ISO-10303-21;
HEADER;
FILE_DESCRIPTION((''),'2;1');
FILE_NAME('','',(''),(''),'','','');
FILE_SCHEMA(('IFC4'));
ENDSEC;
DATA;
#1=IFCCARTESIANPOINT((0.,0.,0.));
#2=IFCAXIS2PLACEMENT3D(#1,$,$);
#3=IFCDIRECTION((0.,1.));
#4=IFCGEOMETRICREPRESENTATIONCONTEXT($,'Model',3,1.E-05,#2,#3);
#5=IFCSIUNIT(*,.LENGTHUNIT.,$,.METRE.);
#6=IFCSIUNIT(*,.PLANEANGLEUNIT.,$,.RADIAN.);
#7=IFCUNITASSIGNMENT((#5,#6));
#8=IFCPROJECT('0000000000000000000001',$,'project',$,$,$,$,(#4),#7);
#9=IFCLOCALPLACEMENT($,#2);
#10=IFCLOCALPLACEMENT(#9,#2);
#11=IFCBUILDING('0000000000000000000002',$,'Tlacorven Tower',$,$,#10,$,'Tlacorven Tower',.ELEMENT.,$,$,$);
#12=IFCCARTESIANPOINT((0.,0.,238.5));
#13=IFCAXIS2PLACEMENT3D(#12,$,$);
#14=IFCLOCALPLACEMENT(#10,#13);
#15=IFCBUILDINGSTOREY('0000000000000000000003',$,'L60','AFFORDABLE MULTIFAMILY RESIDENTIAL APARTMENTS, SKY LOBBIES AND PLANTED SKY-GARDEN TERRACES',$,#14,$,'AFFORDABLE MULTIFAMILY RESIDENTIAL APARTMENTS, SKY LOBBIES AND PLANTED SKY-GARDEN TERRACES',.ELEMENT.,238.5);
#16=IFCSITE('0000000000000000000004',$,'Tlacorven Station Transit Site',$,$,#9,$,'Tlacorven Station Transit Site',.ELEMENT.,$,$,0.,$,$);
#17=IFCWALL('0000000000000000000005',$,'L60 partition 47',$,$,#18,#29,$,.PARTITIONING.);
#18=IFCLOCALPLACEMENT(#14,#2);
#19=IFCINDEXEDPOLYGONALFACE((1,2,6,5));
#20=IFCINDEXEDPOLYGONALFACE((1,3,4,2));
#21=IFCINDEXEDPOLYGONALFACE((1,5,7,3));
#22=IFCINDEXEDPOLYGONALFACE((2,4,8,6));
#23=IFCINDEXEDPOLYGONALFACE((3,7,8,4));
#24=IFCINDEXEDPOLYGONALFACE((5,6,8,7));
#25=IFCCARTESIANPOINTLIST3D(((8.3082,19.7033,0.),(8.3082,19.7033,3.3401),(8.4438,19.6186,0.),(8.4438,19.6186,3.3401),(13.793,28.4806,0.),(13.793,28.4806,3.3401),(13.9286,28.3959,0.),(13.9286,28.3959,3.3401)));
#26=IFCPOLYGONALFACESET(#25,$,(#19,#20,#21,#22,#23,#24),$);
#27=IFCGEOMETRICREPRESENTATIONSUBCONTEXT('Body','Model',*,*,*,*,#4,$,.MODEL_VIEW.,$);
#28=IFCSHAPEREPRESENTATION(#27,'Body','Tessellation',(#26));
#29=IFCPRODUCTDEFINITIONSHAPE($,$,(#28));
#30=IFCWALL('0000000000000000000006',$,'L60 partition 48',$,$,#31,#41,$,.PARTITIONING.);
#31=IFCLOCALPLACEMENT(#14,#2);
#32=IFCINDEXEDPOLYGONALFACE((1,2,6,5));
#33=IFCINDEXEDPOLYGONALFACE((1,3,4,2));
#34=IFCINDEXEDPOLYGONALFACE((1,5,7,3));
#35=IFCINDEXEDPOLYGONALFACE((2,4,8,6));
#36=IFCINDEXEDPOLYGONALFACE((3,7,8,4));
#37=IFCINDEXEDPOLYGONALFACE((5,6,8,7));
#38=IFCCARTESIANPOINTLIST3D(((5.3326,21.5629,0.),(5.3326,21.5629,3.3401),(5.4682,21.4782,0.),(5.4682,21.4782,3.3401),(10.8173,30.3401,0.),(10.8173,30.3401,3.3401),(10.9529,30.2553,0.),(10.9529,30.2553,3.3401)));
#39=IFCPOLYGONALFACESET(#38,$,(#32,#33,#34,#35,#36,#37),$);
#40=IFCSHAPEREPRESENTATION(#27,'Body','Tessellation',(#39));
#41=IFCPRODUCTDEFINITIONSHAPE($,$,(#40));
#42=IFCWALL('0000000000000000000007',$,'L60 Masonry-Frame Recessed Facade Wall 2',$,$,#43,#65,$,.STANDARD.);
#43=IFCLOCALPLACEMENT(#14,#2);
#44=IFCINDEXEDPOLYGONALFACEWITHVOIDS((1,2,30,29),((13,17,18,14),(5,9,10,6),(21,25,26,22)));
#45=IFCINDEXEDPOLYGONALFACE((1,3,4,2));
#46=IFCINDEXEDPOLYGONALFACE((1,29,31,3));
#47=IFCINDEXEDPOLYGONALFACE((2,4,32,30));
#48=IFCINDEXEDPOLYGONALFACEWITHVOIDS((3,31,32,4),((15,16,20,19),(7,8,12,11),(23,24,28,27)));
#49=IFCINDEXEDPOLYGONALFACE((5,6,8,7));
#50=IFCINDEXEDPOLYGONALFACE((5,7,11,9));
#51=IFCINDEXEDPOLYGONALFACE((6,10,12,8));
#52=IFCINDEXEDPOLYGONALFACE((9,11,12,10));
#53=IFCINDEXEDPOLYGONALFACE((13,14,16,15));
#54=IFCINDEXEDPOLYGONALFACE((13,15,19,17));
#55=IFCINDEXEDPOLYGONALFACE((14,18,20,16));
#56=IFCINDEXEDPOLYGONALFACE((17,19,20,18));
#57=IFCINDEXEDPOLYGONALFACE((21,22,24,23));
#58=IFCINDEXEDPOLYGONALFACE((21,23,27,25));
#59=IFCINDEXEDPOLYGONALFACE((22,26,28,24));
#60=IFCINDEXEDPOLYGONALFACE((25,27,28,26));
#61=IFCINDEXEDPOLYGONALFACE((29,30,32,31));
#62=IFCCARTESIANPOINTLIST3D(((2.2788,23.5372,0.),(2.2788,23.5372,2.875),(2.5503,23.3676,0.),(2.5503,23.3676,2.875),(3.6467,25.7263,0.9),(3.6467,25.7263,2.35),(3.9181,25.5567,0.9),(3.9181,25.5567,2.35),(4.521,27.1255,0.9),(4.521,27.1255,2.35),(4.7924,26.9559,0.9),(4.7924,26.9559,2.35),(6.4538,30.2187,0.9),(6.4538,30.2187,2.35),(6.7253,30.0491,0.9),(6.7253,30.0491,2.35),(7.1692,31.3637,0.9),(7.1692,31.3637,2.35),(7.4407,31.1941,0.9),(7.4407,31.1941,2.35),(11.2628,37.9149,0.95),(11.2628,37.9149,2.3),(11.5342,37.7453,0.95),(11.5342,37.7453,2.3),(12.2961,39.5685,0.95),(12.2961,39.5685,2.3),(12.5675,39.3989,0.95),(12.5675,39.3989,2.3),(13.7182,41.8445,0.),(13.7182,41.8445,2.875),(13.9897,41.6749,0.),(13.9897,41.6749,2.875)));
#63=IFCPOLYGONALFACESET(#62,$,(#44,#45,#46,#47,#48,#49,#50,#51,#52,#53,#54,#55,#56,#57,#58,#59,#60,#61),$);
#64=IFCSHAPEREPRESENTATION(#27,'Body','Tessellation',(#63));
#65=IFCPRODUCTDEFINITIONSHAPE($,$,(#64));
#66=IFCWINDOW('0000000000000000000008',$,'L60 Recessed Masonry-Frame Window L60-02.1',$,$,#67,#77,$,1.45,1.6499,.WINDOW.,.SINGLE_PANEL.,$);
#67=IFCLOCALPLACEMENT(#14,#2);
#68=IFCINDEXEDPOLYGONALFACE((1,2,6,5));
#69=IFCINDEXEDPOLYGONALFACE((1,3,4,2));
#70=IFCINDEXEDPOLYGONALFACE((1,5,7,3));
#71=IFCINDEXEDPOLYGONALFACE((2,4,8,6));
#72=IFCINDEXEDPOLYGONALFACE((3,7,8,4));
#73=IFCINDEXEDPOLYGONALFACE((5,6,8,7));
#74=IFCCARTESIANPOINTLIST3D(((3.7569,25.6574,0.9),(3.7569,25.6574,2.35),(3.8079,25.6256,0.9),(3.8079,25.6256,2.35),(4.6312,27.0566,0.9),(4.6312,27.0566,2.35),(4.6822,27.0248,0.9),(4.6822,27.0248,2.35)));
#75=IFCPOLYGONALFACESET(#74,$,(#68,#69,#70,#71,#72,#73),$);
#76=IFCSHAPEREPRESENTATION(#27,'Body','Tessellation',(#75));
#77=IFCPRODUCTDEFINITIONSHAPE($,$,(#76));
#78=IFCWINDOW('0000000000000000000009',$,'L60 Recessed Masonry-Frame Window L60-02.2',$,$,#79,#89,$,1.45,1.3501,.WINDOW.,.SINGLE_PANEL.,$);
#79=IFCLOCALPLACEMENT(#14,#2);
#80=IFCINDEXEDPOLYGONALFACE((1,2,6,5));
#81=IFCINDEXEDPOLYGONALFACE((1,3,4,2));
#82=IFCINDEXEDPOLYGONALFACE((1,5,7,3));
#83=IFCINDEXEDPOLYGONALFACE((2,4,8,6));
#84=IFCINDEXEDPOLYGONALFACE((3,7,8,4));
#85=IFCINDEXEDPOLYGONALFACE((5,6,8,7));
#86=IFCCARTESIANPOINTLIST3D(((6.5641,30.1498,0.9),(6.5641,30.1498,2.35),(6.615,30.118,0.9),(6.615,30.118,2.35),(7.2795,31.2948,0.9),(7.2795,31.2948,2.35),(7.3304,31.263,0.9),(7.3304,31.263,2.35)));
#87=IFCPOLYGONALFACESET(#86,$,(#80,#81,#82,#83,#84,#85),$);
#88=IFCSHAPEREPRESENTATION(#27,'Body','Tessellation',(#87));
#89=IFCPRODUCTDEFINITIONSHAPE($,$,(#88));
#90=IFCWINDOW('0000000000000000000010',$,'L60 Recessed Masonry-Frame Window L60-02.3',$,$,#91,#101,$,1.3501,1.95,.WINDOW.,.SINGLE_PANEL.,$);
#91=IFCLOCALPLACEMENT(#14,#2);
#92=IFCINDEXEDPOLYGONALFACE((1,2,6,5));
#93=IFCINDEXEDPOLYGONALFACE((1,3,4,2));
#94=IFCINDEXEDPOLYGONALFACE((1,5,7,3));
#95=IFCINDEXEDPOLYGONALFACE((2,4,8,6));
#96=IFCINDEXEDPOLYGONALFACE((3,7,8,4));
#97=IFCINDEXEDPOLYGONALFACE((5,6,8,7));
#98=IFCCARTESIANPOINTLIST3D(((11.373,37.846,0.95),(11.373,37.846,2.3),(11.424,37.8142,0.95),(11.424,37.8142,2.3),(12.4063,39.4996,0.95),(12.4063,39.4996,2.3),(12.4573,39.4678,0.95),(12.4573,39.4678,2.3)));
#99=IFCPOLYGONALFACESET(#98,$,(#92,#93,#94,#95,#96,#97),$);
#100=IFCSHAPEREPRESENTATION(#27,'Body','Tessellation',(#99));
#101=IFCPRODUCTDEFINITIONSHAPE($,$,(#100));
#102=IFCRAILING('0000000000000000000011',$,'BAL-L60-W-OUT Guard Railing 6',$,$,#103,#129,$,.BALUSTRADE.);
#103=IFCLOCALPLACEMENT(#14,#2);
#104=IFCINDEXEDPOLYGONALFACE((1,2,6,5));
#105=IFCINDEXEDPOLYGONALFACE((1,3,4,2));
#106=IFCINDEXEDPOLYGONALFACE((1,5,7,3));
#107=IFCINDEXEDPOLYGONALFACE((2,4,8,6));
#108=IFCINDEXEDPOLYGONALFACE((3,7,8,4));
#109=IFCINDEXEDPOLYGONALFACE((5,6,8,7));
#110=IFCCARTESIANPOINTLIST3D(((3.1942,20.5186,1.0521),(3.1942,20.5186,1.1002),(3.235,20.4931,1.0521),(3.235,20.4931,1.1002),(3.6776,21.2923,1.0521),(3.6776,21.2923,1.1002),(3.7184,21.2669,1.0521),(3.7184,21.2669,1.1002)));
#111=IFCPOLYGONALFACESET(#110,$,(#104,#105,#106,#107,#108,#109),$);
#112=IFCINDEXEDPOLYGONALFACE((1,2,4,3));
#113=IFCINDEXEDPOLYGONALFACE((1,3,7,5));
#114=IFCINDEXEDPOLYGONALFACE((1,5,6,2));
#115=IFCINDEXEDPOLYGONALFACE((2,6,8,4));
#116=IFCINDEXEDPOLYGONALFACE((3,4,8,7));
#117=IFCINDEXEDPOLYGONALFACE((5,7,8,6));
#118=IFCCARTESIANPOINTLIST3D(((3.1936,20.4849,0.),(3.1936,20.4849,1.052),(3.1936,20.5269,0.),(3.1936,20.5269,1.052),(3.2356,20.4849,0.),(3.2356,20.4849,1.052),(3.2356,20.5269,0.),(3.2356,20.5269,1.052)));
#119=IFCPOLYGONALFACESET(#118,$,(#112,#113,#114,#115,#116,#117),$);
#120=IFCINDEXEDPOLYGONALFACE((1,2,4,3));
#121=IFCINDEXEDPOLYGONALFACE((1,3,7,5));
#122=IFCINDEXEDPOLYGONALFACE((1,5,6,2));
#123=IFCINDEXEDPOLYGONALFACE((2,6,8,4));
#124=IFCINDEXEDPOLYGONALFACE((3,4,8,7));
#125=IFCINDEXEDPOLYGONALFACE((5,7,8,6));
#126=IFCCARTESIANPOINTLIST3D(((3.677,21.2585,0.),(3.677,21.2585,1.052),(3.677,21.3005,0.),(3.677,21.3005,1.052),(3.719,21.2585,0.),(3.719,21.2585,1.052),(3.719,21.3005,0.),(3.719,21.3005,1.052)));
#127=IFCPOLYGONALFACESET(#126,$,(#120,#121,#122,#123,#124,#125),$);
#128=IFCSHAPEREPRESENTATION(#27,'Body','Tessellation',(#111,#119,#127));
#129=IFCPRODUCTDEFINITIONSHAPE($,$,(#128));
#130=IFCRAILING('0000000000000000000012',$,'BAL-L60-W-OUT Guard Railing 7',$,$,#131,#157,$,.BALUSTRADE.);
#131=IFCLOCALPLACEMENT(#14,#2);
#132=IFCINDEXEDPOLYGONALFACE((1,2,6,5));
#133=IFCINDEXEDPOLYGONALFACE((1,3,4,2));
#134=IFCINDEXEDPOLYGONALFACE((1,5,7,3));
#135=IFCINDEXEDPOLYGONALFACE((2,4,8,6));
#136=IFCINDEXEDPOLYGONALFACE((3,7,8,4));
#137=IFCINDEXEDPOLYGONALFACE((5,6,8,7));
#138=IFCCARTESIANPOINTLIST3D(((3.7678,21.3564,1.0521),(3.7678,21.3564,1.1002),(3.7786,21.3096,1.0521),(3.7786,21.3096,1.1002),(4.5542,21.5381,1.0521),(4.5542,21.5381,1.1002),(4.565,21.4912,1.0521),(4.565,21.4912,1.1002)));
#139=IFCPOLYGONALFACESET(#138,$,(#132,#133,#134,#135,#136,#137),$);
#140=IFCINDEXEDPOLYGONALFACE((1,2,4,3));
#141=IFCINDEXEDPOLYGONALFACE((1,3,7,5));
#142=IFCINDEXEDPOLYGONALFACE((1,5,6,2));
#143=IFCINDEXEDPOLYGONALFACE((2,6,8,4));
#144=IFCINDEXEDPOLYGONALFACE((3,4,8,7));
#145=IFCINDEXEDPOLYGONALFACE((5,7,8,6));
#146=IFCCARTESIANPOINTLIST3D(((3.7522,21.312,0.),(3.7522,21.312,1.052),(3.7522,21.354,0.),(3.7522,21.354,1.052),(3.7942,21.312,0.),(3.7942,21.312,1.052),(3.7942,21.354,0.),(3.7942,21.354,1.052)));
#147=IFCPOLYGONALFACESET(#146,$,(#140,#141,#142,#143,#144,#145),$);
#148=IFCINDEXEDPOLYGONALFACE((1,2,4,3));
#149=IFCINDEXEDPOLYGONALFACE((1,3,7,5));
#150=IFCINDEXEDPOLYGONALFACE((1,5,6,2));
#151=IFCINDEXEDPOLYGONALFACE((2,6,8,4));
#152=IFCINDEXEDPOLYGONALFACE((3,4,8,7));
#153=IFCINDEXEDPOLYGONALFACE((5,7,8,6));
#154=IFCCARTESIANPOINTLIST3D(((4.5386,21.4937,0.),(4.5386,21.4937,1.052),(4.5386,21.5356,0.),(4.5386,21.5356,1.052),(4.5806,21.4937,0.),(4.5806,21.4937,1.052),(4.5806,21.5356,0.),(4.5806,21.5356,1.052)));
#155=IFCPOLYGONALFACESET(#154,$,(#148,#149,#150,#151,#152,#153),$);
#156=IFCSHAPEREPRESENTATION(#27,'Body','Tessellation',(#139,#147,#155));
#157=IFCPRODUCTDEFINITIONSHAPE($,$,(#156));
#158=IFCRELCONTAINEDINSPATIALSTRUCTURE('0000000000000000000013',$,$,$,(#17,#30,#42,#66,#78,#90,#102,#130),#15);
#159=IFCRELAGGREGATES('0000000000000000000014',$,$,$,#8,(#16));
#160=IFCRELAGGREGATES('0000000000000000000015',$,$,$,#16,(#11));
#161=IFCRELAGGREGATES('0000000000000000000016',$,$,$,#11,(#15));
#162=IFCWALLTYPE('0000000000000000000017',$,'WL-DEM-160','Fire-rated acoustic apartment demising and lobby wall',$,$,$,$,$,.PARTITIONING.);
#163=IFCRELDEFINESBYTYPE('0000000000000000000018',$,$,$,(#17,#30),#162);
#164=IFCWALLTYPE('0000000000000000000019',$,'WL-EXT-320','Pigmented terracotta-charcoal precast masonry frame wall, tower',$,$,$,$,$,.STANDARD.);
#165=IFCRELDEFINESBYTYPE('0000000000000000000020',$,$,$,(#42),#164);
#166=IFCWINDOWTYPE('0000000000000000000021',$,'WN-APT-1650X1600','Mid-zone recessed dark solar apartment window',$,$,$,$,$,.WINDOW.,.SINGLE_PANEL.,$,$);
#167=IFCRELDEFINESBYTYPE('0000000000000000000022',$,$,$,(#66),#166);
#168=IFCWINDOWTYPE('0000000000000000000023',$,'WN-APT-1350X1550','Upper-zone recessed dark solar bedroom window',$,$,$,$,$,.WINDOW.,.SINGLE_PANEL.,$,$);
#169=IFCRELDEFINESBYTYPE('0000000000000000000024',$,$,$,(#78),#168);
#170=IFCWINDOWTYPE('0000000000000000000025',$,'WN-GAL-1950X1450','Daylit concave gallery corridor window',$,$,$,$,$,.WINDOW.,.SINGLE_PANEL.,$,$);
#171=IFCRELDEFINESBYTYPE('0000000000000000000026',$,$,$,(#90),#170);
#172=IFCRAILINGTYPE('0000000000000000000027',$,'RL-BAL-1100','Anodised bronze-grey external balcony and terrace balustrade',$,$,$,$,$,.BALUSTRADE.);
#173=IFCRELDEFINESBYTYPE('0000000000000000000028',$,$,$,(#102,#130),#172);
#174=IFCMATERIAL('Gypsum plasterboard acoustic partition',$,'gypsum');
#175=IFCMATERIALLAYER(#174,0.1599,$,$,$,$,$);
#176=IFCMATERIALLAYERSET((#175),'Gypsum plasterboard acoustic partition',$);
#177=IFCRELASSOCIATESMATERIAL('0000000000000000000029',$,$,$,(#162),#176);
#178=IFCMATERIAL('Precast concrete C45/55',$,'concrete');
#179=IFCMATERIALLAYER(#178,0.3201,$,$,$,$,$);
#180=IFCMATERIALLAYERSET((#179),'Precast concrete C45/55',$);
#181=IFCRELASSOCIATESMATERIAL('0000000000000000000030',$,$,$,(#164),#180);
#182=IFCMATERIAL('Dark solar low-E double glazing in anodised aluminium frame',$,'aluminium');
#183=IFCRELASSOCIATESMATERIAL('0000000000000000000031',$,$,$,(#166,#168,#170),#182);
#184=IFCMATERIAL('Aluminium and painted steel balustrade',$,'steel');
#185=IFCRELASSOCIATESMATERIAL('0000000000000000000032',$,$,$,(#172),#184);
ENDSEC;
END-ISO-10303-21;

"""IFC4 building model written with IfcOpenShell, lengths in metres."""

from ifc_helpers import new_model, si_unit, direction, frame, frame_2d, origin, origin_2d, place, context, subcontext, project, spatial, rectangle, extrude, source, transform, mapped, material, layer, layer_set, type_object, element, fill, save


model = new_model("IFC4")

# Units and contexts
model_context = context("Model", 3, precision=1e-05, world=origin(), true_north=direction((0.0, 1.0)))
body_context = subcontext(model_context, "Body", "Model", "MODEL_VIEW")
ifc_project = project(units=[si_unit("LENGTHUNIT", "METRE"), si_unit("PLANEANGLEUNIT", "RADIAN")], contexts=[model_context])

# Site, building, storey
site_placement = place(None, origin())
site = spatial("IfcSite", under=ifc_project, at=site_placement, Name="Tlacorven Station Transit Site", LongName="Tlacorven Station Transit Site", CompositionType="ELEMENT", RefElevation=0.0)
building_placement = place(site_placement, origin())
building = spatial("IfcBuilding", under=site, at=building_placement, Name="Tlacorven Tower", LongName="Tlacorven Tower", CompositionType="ELEMENT")
storey_placement = place(building_placement, frame((0.0, 0.0, 238.5)))
storey = spatial("IfcBuildingStorey", under=building, at=storey_placement, Name="L60", Description="AFFORDABLE MULTIFAMILY RESIDENTIAL APARTMENTS, SKY LOBBIES AND PLANTED SKY-GARDEN TERRACES", LongName="AFFORDABLE MULTIFAMILY RESIDENTIAL APARTMENTS, SKY LOBBIES AND PLANTED SKY-GARDEN TERRACES", CompositionType="ELEMENT", Elevation=238.5)

# Walls
ifc_material_1 = material(Name="Gypsum plasterboard acoustic partition", Category="gypsum")
ifc_layer_1 = layer(ifc_material_1, 0.1599)
ifc_layer_set_1 = layer_set([ifc_layer_1], Name="Gypsum plasterboard acoustic partition")
wall_type_1 = type_object("IfcWallType", Name="WL-DEM-160", Description="Fire-rated acoustic apartment demising and lobby wall", PredefinedType="PARTITIONING", material=ifc_layer_set_1)
wall_1_placement = place(storey_placement, frame((13.8608, 28.4382, 0.0), z_axis=(0.0, 0.0, 1.0), x_axis=(-0.529931, -0.848041, 0.0)))
element("IfcWall", 1, at=wall_1_placement, inside=storey, type_object=wall_type_1, Name="L60 partition 47", PredefinedType="PARTITIONING", context=body_context, shape_type="SweptSolid", body=[
    extrude(rectangle(XDim=10.3501, YDim=0.1599, at=frame_2d((5.175, 0.0))), origin(), (0.0, 0.0, 1.0), 3.3401),
])
wall_2_placement = place(storey_placement, frame((10.885, 30.2976, 0.0), z_axis=(0.0, 0.0, 1.0), x_axis=(-0.529925, -0.848045, 0.0)))
element("IfcWall", 2, at=wall_2_placement, inside=storey, type_object=wall_type_1, Name="L60 partition 48", PredefinedType="PARTITIONING", context=body_context, shape_type="SweptSolid", body=[
    extrude(rectangle(XDim=10.3499, YDim=0.1599, at=frame_2d((5.1748, 0.0))), origin(), (0.0, 0.0, 1.0), 3.3401),
])

# Wall, openings, windows
ifc_material_2 = material(Name="Precast concrete C45/55", Category="concrete")
ifc_layer_2 = layer(ifc_material_2, 0.3201)
ifc_layer_set_2 = layer_set([ifc_layer_2], Name="Precast concrete C45/55")
wall_type_2 = type_object("IfcWallType", Name="WL-EXT-320", Description="Pigmented terracotta-charcoal precast masonry frame wall, tower", PredefinedType="STANDARD", material=ifc_layer_set_2)
wall_3_placement = place(storey_placement, frame((2.4146, 23.4524, 0.0), z_axis=(0.0, 0.0, 1.0), x_axis=(0.52991, 0.848054, 0.0)))
wall_3 = element("IfcWall", 3, at=wall_3_placement, inside=storey, type_object=wall_type_2, Name="L60 Masonry-Frame Recessed Facade Wall 2", PredefinedType="STANDARD", context=body_context, shape_type="SweptSolid", body=[
    extrude(rectangle(XDim=21.5874, YDim=0.3201, at=frame_2d((10.7937, 0.0))), origin(), (0.0, 0.0, 1.0), 2.875),
])
opening_1_placement = place(wall_3_placement, frame((2.5813, 0.0, 0.8999)))
opening_1 = element("IfcOpeningElement", 4, at=opening_1_placement, cuts=wall_3, PredefinedType="OPENING", context=body_context, shape_type="SweptSolid", body=[
    extrude(rectangle(XDim=1.6499, YDim=1.45, at=frame_2d((0.825, 0.7251))), frame((0.0, 0.1699, 0.0), z_axis=(0.0, -1.0, 0.0), x_axis=(1.0, 0.0, 0.0)), (0.0, 0.0, 1.0), 0.3401),
])
opening_2_placement = place(wall_3_placement, frame((7.8787, 0.0, 0.8999)))
opening_2 = element("IfcOpeningElement", 5, at=opening_2_placement, cuts=wall_3, PredefinedType="OPENING", context=body_context, shape_type="SweptSolid", body=[
    extrude(rectangle(XDim=1.3501, YDim=1.45, at=frame_2d((0.675, 0.7251))), frame((0.0, 0.1699, 0.0), z_axis=(0.0, -1.0, 0.0), x_axis=(1.0, 0.0, 0.0)), (0.0, 0.0, 1.0), 0.3401),
])
opening_3_placement = place(wall_3_placement, frame((16.9536, 0.0, 0.95)))
opening_3 = element("IfcOpeningElement", 6, at=opening_3_placement, cuts=wall_3, PredefinedType="OPENING", context=body_context, shape_type="SweptSolid", body=[
    extrude(rectangle(XDim=1.95, YDim=1.3501, at=frame_2d((0.9751, 0.675))), frame((0.0, 0.1699, 0.0), z_axis=(0.0, -1.0, 0.0), x_axis=(1.0, 0.0, 0.0)), (0.0, 0.0, 1.0), 0.3401),
])
ifc_material_3 = material(Name="Dark solar low-E double glazing in anodised aluminium frame", Category="aluminium")
window_type_1 = type_object("IfcWindowType", Name="WN-APT-1650X1600", Description="Mid-zone recessed dark solar apartment window", PartitioningType="SINGLE_PANEL", PredefinedType="WINDOW", material=ifc_material_3)
shared_shape_1 = source(origin(), body_context, "Body", "SweptSolid", [
    extrude(rectangle(XDim=1.6499, YDim=1.45, at=frame_2d((0.825, 0.7251))), frame((0.0, 0.03, 0.0), z_axis=(0.0, -1.0, 0.0), x_axis=(1.0, 0.0, 0.0)), (0.0, 0.0, 1.0), 0.0601),
])
window_1_placement = place(opening_1_placement, origin())
window_1 = element("IfcWindow", 7, at=window_1_placement, inside=storey, type_object=window_type_1, Name="L60 Recessed Masonry-Frame Window L60-02.1", OverallHeight=1.45, OverallWidth=1.6499, PartitioningType="SINGLE_PANEL", PredefinedType="WINDOW", context=body_context, shape_type="MappedRepresentation", body=[
    mapped(shared_shape_1, transform((0.0, 0.0, 0.0), scale=1.0)),
])
fill(opening_1, window_1)
window_type_2 = type_object("IfcWindowType", Name="WN-APT-1350X1550", Description="Upper-zone recessed dark solar bedroom window", PartitioningType="SINGLE_PANEL", PredefinedType="WINDOW", material=ifc_material_3)
shared_shape_2 = source(origin(), body_context, "Body", "SweptSolid", [
    extrude(rectangle(XDim=1.3501, YDim=1.45, at=frame_2d((0.675, 0.7251))), frame((0.0, 0.03, 0.0), z_axis=(0.0, -1.0, 0.0), x_axis=(1.0, 0.0, 0.0)), (0.0, 0.0, 1.0), 0.0601),
])
window_2_placement = place(opening_2_placement, origin())
window_2 = element("IfcWindow", 8, at=window_2_placement, inside=storey, type_object=window_type_2, Name="L60 Recessed Masonry-Frame Window L60-02.2", OverallHeight=1.45, OverallWidth=1.3501, PartitioningType="SINGLE_PANEL", PredefinedType="WINDOW", context=body_context, shape_type="MappedRepresentation", body=[
    mapped(shared_shape_2, transform((0.0, 0.0, 0.0), scale=1.0)),
])
fill(opening_2, window_2)
window_type_3 = type_object("IfcWindowType", Name="WN-GAL-1950X1450", Description="Daylit concave gallery corridor window", PartitioningType="SINGLE_PANEL", PredefinedType="WINDOW", material=ifc_material_3)
shared_shape_3 = source(origin(), body_context, "Body", "SweptSolid", [
    extrude(rectangle(XDim=1.95, YDim=1.3501, at=frame_2d((0.9751, 0.675))), frame((0.0, 0.03, 0.0), z_axis=(0.0, -1.0, 0.0), x_axis=(1.0, 0.0, 0.0)), (0.0, 0.0, 1.0), 0.0601),
])
window_3_placement = place(opening_3_placement, origin())
window_3 = element("IfcWindow", 9, at=window_3_placement, inside=storey, type_object=window_type_3, Name="L60 Recessed Masonry-Frame Window L60-02.3", OverallHeight=1.3501, OverallWidth=1.95, PartitioningType="SINGLE_PANEL", PredefinedType="WINDOW", context=body_context, shape_type="MappedRepresentation", body=[
    mapped(shared_shape_3, transform((0.0, 0.0, 0.0), scale=1.0)),
])
fill(opening_3, window_3)

# Railings
ifc_material_4 = material(Name="Aluminium and painted steel balustrade", Category="steel")
railing_type = type_object("IfcRailingType", Name="RL-BAL-1100", Description="Anodised bronze-grey external balcony and terrace balustrade", PredefinedType="BALUSTRADE", material=ifc_material_4)
shared_shape_4 = source(origin(), body_context, "Body", "SweptSolid", [
    extrude(rectangle(XDim=0.0481, YDim=0.0481, at=origin_2d()), frame((0.0, 0.0, 1.0762), z_axis=(0.529879, 0.848073, 0.0), x_axis=(-0.848073, 0.529879, 0.0)), (0.0, 0.0, 1.0), 0.9124),
    extrude(rectangle(XDim=0.042, YDim=0.042, at=origin_2d()), origin(), (0.0, 0.0, 1.0), 1.052),
    extrude(rectangle(XDim=0.042, YDim=0.042, at=origin_2d()), frame((0.4834, 0.7737, 0.0)), (0.0, 0.0, 1.0), 1.052),
])
railing_1_placement = place(storey_placement, frame((3.2146, 20.5059, 0.0)))
element("IfcRailing", 10, at=railing_1_placement, inside=storey, type_object=railing_type, Name="BAL-L60-W-OUT Guard Railing 6", PredefinedType="BALUSTRADE", context=body_context, shape_type="MappedRepresentation", body=[
    mapped(shared_shape_4, transform((0.0, 0.0, 0.0), scale=1.0)),
])
shared_shape_5 = source(origin(), body_context, "Body", "SweptSolid", [
    extrude(rectangle(XDim=0.0481, YDim=0.0481, at=origin_2d()), frame((0.0, 0.0, 1.0762), z_axis=(0.974345, 0.225058, 0.0), x_axis=(-0.225058, 0.974345, 0.0)), (0.0, 0.0, 1.0), 0.8071),
    extrude(rectangle(XDim=0.042, YDim=0.042, at=origin_2d()), origin(), (0.0, 0.0, 1.0), 1.052),
    extrude(rectangle(XDim=0.042, YDim=0.042, at=origin_2d()), frame((0.7864, 0.1816, 0.0)), (0.0, 0.0, 1.0), 1.052),
])
railing_2_placement = place(storey_placement, frame((3.7732, 21.333, 0.0)))
element("IfcRailing", 11, at=railing_2_placement, inside=storey, type_object=railing_type, Name="BAL-L60-W-OUT Guard Railing 7", PredefinedType="BALUSTRADE", context=body_context, shape_type="MappedRepresentation", body=[
    mapped(shared_shape_5, transform((0.0, 0.0, 0.0), scale=1.0)),
])

save(model, "model.ifc")
